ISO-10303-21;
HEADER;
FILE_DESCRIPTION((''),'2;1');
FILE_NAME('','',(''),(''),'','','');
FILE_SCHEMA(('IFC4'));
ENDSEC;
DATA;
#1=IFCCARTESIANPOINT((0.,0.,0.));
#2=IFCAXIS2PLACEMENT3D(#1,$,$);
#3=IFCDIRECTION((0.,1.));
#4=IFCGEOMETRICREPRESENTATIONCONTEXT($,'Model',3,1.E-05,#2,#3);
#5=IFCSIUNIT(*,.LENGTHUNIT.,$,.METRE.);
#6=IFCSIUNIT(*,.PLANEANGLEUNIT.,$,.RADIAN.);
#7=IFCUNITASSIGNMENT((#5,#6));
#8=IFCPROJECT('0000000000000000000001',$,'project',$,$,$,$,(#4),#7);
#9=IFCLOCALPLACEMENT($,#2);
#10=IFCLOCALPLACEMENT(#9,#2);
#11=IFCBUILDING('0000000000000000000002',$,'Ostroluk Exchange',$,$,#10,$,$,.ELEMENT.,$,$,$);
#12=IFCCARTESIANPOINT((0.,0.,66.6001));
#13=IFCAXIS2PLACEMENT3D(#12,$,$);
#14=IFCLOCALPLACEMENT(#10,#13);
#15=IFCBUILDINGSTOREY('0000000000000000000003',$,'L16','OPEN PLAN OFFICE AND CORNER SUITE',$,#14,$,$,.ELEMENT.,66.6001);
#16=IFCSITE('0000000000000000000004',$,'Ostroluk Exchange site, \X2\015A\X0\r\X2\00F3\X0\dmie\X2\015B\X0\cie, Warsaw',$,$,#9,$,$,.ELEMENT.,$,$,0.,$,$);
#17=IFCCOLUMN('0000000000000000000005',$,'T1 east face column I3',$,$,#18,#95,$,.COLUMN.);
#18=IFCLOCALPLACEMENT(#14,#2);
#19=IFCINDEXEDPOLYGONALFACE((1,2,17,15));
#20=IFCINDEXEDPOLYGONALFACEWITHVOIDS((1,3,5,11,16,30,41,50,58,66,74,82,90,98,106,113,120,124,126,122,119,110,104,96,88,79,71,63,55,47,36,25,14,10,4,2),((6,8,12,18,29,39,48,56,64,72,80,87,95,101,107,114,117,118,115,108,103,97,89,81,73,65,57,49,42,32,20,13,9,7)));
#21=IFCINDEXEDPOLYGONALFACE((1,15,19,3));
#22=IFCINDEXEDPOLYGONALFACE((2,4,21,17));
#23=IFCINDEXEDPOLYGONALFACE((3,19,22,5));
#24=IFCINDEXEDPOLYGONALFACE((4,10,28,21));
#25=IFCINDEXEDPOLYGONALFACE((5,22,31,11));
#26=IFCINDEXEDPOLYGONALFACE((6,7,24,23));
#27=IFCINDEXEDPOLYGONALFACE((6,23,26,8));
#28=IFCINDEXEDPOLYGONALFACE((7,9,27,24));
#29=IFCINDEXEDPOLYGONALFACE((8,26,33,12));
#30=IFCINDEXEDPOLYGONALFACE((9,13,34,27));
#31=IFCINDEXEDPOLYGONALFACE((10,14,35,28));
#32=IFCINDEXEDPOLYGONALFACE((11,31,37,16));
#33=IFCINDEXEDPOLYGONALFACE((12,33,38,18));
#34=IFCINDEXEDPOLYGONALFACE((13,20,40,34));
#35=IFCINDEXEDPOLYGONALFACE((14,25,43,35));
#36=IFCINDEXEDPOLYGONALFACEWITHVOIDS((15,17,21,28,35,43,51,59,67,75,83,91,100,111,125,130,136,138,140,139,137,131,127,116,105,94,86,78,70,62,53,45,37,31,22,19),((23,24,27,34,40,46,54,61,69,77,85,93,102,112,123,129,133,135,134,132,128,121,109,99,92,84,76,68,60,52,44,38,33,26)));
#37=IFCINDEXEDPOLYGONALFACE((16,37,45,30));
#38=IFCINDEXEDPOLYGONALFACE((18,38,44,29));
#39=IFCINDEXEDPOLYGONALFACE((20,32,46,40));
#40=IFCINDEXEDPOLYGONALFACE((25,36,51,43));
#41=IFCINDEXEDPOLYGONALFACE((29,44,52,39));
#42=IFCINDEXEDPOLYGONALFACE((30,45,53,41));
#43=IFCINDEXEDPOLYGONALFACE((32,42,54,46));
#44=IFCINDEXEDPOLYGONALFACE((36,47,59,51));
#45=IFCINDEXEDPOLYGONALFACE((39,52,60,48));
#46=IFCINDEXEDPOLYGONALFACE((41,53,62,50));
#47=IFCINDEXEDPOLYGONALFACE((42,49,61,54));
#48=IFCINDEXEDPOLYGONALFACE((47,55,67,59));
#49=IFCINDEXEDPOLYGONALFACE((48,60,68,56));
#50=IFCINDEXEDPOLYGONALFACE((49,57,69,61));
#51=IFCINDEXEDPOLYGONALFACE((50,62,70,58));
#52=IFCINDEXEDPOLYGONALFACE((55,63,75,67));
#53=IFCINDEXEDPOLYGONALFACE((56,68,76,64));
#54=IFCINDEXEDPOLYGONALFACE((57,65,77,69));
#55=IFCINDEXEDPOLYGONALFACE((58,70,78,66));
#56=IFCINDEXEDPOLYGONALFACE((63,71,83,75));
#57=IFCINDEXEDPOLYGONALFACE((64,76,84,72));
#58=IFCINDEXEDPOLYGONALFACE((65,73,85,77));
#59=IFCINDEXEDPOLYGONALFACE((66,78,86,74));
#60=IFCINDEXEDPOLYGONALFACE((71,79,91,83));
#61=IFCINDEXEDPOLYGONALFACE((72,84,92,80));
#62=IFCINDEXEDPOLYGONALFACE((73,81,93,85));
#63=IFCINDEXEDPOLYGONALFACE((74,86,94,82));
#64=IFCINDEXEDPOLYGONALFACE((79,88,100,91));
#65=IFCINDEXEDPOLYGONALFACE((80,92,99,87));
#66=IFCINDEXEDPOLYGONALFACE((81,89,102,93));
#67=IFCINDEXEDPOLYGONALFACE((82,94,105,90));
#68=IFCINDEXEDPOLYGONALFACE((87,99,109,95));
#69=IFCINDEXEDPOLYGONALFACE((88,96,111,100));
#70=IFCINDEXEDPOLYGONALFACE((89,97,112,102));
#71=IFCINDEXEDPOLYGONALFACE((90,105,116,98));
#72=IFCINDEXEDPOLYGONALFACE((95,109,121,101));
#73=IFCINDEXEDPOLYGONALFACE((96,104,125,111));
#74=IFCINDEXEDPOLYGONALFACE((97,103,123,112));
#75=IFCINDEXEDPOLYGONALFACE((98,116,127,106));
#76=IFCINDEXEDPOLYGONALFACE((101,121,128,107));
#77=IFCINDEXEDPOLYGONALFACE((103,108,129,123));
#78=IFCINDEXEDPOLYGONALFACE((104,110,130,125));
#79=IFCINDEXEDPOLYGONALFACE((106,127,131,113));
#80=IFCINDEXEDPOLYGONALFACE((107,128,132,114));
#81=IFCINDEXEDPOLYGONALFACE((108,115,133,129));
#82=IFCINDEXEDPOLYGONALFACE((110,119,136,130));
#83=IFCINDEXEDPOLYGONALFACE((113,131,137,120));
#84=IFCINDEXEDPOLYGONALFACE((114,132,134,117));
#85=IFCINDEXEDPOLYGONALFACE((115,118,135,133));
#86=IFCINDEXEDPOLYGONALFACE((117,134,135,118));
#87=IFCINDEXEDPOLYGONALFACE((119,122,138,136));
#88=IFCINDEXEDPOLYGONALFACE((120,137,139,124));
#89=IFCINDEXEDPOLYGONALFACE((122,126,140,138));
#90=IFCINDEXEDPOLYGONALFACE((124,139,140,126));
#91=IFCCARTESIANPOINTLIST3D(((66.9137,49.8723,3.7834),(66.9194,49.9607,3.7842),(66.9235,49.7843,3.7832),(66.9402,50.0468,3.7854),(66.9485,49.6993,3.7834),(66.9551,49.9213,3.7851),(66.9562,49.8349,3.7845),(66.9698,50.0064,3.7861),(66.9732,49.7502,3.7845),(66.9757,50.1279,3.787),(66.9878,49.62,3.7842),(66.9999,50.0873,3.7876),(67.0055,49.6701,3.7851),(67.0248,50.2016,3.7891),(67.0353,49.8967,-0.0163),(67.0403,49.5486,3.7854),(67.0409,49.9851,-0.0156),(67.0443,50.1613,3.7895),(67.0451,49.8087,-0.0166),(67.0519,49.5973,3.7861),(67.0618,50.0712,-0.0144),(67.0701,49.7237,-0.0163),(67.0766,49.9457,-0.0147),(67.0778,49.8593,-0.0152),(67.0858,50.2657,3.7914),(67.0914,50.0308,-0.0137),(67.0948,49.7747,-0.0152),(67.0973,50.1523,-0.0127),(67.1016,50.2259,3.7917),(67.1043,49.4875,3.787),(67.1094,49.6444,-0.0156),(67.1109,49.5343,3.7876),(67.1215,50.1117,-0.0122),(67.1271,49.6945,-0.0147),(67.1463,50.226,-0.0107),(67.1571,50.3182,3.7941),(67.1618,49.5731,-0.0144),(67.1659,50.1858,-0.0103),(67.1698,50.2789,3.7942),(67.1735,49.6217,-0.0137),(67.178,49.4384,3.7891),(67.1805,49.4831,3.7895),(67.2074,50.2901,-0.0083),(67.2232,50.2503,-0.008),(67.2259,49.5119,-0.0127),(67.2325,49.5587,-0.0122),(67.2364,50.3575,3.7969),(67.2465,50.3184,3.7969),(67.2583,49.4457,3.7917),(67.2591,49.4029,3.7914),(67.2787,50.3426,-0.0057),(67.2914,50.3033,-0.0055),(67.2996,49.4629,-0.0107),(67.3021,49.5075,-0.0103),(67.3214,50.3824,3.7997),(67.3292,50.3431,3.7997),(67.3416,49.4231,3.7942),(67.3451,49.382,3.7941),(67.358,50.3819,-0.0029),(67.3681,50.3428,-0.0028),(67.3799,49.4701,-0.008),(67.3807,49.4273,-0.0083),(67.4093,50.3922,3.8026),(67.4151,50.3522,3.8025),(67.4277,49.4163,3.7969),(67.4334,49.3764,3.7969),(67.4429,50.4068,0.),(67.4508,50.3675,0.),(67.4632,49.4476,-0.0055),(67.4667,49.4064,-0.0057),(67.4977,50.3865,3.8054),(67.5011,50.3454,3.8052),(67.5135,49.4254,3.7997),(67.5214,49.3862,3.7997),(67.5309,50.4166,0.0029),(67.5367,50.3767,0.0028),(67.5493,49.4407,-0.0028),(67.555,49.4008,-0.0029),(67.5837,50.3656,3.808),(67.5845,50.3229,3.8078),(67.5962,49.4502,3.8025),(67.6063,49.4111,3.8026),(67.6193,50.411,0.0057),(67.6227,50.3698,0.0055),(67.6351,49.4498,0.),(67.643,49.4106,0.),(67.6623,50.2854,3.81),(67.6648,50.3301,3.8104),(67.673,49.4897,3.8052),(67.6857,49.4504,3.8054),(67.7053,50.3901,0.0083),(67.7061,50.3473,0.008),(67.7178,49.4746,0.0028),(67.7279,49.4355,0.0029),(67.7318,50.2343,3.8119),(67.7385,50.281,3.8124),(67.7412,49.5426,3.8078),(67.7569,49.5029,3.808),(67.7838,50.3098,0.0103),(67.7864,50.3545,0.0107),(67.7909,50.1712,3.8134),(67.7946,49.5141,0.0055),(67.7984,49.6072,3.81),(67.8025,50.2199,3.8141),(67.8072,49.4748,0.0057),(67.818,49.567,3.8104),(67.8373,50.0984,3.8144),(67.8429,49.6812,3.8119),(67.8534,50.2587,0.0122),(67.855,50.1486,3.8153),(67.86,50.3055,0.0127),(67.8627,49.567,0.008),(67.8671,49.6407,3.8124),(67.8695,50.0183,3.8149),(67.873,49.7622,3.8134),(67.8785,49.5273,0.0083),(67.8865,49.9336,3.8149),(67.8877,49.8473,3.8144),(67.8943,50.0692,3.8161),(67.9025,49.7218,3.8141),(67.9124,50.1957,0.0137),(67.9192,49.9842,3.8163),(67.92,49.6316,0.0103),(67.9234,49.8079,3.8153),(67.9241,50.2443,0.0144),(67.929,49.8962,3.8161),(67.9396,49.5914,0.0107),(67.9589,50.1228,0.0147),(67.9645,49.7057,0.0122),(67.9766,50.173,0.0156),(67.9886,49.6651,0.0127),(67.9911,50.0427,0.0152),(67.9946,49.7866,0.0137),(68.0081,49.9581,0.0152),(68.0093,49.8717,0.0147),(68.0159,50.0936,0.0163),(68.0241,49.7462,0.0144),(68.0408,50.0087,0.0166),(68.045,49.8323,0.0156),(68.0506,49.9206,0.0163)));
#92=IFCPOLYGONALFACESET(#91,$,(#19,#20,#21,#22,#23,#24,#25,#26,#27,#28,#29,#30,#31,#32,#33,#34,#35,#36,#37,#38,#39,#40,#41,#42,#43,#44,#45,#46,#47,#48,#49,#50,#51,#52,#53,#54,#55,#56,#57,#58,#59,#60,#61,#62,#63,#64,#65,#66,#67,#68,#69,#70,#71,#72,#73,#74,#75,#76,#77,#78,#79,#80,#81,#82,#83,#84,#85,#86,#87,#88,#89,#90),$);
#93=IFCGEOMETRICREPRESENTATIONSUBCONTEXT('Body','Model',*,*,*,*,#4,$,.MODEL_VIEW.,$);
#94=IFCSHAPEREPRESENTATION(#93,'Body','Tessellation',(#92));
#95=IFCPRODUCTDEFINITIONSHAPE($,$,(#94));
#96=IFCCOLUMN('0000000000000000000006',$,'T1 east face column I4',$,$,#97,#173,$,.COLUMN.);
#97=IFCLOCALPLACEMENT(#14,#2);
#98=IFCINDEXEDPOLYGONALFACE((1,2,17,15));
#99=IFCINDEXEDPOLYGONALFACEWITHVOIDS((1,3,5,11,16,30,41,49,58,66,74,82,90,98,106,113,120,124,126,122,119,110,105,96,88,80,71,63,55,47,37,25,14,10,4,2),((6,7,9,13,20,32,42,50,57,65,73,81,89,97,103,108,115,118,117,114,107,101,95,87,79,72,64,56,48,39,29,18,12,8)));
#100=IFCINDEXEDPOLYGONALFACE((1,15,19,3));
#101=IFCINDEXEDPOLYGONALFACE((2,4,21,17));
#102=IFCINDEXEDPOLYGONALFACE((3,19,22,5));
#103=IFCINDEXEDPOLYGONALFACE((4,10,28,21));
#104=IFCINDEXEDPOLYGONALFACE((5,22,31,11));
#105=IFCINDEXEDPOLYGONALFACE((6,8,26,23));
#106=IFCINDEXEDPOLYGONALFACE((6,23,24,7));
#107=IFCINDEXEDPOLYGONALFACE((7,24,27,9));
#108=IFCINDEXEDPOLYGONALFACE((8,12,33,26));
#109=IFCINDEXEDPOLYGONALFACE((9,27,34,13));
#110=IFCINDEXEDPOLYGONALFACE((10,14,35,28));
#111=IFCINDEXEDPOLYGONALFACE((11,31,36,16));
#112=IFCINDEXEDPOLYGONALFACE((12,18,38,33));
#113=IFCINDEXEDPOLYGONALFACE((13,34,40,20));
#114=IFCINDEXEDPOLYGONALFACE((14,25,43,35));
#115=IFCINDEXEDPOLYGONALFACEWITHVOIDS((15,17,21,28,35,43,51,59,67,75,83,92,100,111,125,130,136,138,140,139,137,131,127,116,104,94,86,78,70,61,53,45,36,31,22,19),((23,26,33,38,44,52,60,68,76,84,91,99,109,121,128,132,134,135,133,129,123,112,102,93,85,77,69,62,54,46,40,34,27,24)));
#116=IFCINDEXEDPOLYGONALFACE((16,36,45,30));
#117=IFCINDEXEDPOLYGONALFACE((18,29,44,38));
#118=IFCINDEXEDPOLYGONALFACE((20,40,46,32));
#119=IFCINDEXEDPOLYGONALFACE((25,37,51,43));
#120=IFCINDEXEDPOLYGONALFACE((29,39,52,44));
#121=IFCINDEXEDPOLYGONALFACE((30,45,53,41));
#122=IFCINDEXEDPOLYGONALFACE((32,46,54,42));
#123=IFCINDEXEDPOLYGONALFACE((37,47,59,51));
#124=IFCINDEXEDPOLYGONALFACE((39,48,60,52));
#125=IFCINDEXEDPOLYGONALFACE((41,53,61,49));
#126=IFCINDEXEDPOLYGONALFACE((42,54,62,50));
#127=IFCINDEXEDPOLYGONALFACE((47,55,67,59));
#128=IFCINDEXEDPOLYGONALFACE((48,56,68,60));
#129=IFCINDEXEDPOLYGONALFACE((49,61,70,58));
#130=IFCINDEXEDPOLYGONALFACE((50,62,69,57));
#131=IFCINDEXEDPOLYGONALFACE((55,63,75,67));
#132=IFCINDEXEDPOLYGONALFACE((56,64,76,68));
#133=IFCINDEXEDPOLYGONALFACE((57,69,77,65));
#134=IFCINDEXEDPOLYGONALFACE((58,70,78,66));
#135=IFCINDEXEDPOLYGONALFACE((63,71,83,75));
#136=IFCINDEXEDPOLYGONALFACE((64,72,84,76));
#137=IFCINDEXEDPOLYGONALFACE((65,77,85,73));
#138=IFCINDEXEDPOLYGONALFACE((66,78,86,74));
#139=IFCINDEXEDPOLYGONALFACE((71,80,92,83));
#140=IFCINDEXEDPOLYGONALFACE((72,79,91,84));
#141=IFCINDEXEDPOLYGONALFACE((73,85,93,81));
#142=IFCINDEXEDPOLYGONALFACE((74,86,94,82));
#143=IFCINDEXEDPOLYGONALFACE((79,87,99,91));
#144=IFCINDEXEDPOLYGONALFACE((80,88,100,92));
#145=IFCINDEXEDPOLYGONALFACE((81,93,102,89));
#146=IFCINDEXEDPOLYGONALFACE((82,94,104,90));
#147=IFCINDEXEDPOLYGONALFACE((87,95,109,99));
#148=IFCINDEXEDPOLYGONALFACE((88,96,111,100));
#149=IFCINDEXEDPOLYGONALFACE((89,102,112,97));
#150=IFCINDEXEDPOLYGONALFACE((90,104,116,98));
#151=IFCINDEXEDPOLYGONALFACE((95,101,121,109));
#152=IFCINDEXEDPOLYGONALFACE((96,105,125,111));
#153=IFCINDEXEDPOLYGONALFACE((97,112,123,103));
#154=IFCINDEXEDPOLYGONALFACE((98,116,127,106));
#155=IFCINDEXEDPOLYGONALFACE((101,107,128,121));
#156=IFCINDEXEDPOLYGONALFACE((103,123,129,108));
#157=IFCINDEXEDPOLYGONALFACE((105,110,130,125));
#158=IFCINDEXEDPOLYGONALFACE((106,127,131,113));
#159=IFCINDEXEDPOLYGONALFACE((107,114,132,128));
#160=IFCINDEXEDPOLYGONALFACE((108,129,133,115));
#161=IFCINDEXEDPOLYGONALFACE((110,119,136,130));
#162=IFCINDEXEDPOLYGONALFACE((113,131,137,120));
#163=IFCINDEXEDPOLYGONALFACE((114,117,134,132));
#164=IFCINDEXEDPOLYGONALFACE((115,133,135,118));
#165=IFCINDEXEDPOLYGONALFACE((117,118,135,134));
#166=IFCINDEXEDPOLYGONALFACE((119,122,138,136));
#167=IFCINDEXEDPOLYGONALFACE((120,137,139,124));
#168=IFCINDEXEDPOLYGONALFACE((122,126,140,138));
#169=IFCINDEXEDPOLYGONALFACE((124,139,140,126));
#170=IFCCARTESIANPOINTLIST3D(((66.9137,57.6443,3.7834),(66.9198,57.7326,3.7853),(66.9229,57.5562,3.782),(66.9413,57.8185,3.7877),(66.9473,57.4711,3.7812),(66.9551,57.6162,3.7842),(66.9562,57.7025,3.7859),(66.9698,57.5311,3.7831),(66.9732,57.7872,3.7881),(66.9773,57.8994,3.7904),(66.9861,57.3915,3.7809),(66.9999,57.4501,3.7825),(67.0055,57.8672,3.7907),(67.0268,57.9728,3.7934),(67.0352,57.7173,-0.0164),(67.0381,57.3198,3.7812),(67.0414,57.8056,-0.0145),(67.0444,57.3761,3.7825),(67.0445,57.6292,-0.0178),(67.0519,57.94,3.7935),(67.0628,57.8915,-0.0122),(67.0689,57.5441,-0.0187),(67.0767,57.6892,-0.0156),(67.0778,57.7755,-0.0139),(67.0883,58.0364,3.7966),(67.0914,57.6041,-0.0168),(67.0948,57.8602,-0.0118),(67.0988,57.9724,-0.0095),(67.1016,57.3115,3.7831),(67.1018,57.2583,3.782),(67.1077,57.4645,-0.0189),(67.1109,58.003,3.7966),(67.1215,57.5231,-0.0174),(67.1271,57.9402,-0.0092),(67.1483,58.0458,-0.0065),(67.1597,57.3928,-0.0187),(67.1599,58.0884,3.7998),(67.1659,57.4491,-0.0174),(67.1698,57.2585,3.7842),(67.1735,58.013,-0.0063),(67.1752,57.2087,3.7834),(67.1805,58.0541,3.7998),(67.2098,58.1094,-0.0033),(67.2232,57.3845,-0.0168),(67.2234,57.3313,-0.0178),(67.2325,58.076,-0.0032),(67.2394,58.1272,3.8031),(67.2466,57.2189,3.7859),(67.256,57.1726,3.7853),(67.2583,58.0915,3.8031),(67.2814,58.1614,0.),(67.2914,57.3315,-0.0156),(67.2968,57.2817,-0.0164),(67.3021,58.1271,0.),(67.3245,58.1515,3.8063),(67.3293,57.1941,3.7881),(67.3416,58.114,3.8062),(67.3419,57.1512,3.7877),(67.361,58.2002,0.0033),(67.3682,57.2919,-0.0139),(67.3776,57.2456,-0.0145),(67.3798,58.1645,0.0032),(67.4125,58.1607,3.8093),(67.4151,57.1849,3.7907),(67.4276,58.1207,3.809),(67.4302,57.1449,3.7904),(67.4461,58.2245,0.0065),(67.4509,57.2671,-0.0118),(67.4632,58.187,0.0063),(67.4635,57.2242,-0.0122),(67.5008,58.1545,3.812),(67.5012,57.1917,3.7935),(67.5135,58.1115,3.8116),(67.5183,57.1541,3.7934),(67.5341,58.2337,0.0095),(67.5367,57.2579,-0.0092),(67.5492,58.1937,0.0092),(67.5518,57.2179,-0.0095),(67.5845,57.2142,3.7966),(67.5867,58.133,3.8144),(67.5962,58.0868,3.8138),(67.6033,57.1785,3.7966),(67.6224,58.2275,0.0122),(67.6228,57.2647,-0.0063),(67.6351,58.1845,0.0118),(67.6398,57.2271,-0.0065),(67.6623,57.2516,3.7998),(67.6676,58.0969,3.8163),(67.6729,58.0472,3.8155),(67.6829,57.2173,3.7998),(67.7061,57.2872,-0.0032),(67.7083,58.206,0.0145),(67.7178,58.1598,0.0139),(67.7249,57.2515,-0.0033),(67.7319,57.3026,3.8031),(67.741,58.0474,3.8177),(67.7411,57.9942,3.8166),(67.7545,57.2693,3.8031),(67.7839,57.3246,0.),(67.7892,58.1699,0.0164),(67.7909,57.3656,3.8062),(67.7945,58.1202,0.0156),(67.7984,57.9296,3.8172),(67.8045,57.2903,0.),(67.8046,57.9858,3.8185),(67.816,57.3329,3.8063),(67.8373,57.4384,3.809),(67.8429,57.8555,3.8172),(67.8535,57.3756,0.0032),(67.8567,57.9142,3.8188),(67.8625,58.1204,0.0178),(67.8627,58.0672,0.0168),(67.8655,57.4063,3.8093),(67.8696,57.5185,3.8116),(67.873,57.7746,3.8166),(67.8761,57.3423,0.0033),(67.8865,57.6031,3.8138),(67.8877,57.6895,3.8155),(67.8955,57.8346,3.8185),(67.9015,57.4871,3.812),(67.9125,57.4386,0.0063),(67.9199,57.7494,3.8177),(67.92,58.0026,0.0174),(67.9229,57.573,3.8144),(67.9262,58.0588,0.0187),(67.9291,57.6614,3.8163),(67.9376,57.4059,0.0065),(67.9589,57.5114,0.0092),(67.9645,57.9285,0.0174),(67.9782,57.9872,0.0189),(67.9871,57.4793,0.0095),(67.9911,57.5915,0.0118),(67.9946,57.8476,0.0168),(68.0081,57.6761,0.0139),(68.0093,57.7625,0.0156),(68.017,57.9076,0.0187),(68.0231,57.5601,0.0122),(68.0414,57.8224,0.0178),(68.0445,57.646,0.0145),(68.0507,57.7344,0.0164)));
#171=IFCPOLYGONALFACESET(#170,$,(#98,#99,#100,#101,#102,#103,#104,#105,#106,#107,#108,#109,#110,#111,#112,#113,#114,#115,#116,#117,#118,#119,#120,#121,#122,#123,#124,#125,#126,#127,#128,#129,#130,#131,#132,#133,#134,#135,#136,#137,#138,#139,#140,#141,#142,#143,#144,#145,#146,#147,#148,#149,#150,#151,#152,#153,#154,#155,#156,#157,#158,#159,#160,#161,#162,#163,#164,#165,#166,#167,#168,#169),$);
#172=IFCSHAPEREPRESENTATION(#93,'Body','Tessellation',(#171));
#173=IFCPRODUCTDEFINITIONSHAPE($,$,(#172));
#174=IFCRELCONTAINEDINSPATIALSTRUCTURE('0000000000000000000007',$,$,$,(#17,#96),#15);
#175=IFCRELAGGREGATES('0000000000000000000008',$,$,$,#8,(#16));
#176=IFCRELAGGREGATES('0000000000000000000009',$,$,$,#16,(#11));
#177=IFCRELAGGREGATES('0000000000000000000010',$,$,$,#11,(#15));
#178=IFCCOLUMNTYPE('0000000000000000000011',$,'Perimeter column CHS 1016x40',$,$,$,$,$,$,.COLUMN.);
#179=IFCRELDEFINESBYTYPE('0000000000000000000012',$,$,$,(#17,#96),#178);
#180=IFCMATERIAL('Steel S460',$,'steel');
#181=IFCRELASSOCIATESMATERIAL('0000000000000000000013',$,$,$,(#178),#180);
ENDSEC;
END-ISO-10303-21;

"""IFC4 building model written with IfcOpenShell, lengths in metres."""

from ifc_helpers import new_model, si_unit, direction, frame, origin, origin_2d, place, context, subcontext, project, spatial, hollow_circle, extrude, material, material_profile, profile_set, type_object, element, save


model = new_model("IFC4")

# Units and contexts
model_context = context("Model", 3, precision=1e-05, world=origin(), true_north=direction((0.0, 1.0)))
body_context = subcontext(model_context, "Body", "Model", "MODEL_VIEW")
ifc_project = project(units=[si_unit("LENGTHUNIT", "METRE"), si_unit("PLANEANGLEUNIT", "RADIAN")], contexts=[model_context])

# Site, building, storey
site_placement = place(None, origin())
site = spatial("IfcSite", under=ifc_project, at=site_placement, Name="Ostroluk Exchange site, Śródmieście, Warsaw", CompositionType="ELEMENT", RefElevation=0.0)
building_placement = place(site_placement, origin())
building = spatial("IfcBuilding", under=site, at=building_placement, Name="Ostroluk Exchange", CompositionType="ELEMENT")
storey_placement = place(building_placement, frame((0.0, 0.0, 66.6001)))
storey = spatial("IfcBuildingStorey", under=building, at=storey_placement, Name="L16", Description="OPEN PLAN OFFICE AND CORNER SUITE", CompositionType="ELEMENT", Elevation=66.6001)

# Columns
ifc_material_1 = material(Name="Steel S460", Category="steel")
ifc_material_profile_1 = material_profile(ifc_material_1, hollow_circle(Radius=0.5081, WallThickness=0.04, at=origin_2d()), Name="CHS 1016x40")
ifc_profile_set_1 = profile_set([ifc_material_profile_1], Name="Steel S460")
column_type_1 = type_object("IfcColumnType", Name="Perimeter column CHS 1016x40", PredefinedType="COLUMN", material=ifc_profile_set_1)
column_1_placement = place(storey_placement, frame((67.543, 49.9087, 0.0), z_axis=(-0.03198, -0.006422, 0.999468), x_axis=(0.196873, -0.980429, 0.0)))
element("IfcColumn", 1, at=column_1_placement, inside=storey, type_object=column_type_1, Name="T1 east face column I3", PredefinedType="COLUMN", context=body_context, shape_type="SweptSolid", body=[
    extrude(hollow_circle(Radius=0.5081, WallThickness=0.04, at=origin_2d()), origin(), (0.0, 0.0, 1.0), 3.8018),
])
column_2_placement = place(storey_placement, frame((67.543, 57.7258, 0.0), z_axis=(-0.031975, -0.019198, 0.999304), x_axis=(0.514749, -0.857341, 0.0)))
element("IfcColumn", 2, at=column_2_placement, inside=storey, type_object=column_type_1, Name="T1 east face column I4", PredefinedType="COLUMN", context=body_context, shape_type="SweptSolid", body=[
    extrude(hollow_circle(Radius=0.5081, WallThickness=0.04, at=origin_2d()), origin(), (0.0, 0.0, 1.0), 3.8025),
])

save(model, "model.ifc")
